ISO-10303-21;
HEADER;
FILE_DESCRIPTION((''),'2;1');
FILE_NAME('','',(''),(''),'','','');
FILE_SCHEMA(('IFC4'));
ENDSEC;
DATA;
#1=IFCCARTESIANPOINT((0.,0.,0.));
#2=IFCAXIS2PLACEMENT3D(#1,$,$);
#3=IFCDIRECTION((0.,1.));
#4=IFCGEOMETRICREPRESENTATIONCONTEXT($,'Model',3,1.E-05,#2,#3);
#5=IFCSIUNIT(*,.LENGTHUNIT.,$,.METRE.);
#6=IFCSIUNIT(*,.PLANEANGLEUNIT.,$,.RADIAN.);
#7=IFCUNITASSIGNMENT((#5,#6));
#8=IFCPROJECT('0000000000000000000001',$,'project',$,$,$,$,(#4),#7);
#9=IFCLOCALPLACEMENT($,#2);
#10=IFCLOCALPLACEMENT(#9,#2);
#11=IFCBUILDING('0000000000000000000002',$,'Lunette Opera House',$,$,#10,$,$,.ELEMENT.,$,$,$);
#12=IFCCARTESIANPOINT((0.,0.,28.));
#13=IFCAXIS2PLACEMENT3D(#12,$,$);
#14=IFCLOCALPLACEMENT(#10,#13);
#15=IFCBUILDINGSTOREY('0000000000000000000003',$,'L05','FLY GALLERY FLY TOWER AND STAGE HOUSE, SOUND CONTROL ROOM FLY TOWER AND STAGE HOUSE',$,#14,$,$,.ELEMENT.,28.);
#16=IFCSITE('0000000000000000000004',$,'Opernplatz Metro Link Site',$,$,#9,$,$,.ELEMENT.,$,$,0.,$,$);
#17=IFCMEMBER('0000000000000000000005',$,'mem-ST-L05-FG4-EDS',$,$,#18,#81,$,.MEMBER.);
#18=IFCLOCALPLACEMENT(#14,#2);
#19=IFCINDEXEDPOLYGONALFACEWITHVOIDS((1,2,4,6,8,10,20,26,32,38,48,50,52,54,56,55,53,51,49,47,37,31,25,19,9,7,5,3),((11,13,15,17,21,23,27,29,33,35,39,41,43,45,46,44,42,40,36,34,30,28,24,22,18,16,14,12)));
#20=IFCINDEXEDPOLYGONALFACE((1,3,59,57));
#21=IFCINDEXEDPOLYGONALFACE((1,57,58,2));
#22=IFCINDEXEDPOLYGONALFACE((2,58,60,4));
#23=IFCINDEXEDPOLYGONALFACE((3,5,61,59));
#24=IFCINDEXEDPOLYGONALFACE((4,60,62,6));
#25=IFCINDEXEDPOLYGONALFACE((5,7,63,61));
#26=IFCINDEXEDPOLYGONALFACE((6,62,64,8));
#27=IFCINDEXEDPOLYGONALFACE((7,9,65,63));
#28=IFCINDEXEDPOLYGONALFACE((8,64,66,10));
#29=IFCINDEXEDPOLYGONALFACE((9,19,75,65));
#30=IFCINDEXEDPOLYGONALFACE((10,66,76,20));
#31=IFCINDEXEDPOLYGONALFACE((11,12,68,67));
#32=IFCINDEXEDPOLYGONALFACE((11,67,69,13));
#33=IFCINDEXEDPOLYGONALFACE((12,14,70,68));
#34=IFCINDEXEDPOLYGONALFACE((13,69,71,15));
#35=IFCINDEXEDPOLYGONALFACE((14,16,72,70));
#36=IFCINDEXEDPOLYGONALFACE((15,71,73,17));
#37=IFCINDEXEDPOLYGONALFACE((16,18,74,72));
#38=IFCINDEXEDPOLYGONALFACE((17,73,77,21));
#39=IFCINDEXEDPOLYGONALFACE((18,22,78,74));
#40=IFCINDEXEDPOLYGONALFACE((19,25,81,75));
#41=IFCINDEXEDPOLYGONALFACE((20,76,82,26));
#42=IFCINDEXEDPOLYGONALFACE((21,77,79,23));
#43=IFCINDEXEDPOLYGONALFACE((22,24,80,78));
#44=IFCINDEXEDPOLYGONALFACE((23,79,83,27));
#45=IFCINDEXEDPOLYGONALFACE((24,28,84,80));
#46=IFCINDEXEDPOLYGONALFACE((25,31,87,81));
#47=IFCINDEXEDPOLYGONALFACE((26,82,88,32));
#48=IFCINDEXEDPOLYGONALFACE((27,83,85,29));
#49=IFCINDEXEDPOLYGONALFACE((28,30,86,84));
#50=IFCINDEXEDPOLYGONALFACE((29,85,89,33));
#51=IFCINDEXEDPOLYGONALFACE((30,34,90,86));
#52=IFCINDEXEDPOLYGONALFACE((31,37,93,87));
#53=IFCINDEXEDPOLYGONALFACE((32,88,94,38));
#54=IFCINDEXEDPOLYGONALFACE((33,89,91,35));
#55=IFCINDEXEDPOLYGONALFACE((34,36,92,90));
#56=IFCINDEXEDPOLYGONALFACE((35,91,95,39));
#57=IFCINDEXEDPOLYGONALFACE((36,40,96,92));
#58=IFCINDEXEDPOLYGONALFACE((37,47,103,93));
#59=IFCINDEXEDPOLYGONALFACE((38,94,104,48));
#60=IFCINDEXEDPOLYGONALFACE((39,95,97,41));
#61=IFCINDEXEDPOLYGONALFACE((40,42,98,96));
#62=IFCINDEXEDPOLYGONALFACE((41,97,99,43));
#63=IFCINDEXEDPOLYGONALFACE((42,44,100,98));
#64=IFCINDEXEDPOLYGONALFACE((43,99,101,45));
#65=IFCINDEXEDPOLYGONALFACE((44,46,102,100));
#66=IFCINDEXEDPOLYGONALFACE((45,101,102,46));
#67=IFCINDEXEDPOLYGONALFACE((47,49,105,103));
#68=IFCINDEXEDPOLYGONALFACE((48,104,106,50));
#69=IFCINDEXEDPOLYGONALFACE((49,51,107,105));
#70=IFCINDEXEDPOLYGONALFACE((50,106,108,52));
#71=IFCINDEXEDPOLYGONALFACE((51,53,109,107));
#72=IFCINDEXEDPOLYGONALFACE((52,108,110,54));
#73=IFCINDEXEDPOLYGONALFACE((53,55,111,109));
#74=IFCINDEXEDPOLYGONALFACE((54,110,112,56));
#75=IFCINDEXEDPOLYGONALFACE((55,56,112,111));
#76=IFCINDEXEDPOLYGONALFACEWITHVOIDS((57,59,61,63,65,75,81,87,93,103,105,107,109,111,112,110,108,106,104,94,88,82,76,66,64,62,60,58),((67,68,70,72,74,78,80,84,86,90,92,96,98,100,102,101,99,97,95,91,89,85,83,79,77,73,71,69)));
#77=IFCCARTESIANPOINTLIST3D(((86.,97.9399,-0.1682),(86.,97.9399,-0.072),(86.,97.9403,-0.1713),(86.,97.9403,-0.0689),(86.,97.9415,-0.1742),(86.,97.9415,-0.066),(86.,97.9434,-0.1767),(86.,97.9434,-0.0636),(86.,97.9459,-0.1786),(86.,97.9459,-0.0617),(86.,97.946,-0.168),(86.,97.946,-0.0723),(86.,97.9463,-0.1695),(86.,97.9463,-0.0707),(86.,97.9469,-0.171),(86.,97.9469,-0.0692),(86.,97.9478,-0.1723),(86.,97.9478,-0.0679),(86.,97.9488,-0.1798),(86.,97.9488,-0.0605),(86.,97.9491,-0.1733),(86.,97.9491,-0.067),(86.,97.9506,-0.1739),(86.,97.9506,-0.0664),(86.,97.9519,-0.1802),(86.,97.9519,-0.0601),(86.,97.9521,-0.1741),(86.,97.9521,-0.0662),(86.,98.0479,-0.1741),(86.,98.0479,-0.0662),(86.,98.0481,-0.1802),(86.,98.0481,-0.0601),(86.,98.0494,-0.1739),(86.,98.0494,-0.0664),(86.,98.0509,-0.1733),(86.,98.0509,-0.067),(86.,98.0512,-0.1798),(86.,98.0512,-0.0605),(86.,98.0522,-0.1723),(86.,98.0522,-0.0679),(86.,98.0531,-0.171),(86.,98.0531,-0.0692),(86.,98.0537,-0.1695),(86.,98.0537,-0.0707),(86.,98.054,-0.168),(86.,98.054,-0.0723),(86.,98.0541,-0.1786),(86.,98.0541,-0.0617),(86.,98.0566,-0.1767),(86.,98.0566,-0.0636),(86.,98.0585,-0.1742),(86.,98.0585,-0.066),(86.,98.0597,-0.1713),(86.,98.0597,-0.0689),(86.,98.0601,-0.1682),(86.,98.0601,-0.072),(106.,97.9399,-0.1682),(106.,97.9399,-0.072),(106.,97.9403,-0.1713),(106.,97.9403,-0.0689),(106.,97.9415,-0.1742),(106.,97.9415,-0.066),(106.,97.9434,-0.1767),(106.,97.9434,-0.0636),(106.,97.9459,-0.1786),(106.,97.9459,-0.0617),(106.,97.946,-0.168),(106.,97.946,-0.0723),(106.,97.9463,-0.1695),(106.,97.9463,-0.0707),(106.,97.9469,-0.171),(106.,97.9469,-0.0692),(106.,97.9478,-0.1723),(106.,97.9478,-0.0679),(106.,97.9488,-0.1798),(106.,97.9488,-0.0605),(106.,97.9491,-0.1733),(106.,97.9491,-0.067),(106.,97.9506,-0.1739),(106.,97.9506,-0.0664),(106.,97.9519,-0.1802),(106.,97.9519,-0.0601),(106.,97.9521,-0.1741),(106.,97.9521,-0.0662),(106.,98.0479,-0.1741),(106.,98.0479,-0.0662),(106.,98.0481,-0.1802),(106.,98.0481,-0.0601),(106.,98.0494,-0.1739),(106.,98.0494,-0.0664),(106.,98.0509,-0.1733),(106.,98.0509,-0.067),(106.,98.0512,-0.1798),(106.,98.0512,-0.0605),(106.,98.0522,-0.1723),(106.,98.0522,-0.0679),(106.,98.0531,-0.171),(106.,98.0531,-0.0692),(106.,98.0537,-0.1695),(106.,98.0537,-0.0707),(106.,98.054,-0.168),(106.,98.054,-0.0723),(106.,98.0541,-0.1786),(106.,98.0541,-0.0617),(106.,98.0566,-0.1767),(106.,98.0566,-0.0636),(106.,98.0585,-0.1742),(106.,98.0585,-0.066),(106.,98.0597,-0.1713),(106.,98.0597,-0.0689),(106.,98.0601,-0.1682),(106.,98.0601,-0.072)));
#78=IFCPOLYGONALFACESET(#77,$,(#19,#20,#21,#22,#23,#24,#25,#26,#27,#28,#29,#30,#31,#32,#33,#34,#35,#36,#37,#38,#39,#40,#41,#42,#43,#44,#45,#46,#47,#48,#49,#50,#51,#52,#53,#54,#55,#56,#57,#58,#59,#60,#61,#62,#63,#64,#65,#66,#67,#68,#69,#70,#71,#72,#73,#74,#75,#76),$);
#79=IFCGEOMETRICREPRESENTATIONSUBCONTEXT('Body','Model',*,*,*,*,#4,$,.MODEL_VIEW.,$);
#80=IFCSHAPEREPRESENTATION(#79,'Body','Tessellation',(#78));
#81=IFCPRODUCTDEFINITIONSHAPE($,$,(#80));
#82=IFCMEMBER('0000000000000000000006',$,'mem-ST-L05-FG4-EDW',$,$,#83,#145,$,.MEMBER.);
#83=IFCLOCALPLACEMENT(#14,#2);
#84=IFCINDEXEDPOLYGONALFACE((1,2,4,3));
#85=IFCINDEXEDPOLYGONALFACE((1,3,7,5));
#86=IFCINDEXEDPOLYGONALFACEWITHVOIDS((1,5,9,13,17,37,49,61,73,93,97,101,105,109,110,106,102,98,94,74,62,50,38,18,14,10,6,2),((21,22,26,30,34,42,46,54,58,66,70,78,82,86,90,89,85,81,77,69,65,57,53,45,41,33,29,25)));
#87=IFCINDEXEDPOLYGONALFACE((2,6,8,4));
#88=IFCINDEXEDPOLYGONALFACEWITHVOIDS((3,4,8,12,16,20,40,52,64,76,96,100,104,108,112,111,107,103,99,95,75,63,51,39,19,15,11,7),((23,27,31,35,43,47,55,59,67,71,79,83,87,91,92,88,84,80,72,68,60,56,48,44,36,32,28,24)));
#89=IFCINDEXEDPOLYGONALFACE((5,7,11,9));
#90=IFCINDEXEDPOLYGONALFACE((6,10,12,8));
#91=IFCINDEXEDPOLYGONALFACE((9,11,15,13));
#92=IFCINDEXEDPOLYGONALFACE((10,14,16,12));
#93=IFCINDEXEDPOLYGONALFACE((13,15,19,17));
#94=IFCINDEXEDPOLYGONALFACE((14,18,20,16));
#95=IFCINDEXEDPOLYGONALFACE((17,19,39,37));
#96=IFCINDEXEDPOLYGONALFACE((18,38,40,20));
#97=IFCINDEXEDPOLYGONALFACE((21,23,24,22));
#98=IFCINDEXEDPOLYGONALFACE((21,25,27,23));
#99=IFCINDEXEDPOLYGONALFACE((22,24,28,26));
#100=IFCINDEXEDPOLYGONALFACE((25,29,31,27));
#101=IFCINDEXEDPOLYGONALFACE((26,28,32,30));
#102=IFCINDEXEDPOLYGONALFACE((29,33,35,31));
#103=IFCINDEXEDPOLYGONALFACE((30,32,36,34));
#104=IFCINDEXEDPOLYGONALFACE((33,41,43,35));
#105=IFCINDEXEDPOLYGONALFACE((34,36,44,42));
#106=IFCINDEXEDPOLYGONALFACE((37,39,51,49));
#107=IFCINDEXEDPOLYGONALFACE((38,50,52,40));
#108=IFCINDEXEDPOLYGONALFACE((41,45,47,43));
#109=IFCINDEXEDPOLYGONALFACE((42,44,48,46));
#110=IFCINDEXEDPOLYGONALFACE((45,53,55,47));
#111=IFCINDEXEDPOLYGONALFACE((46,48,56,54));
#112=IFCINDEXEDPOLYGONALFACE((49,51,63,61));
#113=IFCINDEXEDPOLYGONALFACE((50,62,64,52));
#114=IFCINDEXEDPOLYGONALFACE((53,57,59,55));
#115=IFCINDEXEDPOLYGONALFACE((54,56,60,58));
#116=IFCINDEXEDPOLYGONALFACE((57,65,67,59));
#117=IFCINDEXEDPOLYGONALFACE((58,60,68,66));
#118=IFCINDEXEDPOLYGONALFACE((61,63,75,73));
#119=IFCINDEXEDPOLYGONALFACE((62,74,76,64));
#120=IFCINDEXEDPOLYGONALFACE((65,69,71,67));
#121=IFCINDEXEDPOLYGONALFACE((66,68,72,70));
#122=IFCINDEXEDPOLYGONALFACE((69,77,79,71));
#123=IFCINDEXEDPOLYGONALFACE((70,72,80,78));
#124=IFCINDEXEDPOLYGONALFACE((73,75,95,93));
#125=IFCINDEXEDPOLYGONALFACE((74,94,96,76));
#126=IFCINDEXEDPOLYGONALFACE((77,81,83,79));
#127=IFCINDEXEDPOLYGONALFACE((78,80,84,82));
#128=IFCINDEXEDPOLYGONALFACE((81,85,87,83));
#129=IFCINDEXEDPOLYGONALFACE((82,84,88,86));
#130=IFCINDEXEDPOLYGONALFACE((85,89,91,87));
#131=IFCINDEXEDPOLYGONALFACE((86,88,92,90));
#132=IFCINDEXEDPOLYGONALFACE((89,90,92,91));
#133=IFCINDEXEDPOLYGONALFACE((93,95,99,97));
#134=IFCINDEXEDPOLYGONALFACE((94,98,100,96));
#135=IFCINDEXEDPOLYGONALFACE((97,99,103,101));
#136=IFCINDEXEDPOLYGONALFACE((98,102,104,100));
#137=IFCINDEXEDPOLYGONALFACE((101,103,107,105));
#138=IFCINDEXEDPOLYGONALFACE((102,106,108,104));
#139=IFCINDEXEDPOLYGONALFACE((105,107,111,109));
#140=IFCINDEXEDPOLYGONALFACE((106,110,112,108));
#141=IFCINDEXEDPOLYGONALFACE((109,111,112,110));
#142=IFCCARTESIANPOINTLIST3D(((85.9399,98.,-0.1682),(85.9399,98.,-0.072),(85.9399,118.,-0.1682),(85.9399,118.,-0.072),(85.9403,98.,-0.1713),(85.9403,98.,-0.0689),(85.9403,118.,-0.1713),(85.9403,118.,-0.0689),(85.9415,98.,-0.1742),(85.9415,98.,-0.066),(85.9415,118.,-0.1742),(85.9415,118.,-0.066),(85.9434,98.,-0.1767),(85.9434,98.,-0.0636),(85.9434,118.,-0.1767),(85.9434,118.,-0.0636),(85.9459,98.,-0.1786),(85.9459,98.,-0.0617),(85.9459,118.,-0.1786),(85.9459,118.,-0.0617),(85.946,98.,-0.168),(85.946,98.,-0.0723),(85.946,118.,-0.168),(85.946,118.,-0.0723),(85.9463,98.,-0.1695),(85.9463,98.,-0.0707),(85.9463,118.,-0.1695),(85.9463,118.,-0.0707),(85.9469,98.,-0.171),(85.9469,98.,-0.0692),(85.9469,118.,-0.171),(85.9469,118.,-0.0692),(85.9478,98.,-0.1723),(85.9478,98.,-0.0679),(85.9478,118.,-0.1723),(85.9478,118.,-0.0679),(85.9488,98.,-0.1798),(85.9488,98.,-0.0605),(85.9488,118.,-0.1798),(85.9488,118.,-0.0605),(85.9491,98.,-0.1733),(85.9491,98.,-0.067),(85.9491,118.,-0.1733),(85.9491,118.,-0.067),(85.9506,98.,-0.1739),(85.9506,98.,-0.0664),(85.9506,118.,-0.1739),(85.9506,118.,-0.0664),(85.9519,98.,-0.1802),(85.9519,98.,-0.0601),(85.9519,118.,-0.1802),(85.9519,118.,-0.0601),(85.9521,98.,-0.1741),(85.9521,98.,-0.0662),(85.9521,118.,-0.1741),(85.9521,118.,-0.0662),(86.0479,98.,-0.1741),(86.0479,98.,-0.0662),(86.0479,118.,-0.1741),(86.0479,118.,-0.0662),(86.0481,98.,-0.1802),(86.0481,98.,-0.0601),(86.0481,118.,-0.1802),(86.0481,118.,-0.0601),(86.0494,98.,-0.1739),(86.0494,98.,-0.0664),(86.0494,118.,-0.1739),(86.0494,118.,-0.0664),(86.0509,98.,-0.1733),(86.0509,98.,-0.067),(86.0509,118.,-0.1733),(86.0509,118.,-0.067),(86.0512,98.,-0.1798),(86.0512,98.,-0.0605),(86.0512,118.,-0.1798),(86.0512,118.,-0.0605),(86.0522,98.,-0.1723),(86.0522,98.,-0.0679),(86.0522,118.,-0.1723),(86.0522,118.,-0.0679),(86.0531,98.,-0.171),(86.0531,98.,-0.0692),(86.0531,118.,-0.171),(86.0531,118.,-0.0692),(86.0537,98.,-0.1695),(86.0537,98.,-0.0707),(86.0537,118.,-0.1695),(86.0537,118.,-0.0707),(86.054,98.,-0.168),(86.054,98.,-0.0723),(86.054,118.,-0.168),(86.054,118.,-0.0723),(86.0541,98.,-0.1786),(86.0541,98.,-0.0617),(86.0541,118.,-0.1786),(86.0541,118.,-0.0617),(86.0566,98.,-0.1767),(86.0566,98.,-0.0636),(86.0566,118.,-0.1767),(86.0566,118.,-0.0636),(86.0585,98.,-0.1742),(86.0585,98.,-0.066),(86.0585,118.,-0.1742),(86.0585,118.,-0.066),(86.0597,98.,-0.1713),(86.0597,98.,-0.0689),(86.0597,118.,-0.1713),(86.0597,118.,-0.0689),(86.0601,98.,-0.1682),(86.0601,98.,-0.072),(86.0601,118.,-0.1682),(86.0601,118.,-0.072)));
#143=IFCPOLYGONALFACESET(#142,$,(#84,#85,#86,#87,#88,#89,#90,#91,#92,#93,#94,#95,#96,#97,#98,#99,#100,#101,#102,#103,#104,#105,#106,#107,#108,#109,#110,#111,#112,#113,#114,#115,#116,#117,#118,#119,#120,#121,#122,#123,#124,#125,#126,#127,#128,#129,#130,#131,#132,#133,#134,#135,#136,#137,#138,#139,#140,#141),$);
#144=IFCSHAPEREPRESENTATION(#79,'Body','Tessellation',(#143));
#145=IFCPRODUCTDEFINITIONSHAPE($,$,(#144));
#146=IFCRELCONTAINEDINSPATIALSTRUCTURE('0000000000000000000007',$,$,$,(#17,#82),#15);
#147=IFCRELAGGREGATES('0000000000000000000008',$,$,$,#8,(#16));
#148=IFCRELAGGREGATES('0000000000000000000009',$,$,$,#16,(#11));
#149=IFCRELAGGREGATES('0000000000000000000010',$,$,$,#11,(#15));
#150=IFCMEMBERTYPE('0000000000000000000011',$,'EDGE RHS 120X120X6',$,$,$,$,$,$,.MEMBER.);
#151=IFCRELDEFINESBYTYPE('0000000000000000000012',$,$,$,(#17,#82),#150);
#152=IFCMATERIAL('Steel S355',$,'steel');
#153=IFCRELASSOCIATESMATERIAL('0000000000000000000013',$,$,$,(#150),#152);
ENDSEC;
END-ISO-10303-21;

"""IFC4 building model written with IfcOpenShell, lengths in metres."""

from ifc_helpers import new_model, si_unit, direction, frame, origin, origin_2d, place, context, subcontext, project, spatial, hollow_rectangle, extrude, material, material_profile, profile_set, type_object, element, save


model = new_model("IFC4")

# Units and contexts
model_context = context("Model", 3, precision=1e-05, world=origin(), true_north=direction((0.0, 1.0)))
body_context = subcontext(model_context, "Body", "Model", "MODEL_VIEW")
ifc_project = project(units=[si_unit("LENGTHUNIT", "METRE"), si_unit("PLANEANGLEUNIT", "RADIAN")], contexts=[model_context])

# Site, building, storey
site_placement = place(None, origin())
site = spatial("IfcSite", under=ifc_project, at=site_placement, Name="Opernplatz Metro Link Site", CompositionType="ELEMENT", RefElevation=0.0)
building_placement = place(site_placement, origin())
building = spatial("IfcBuilding", under=site, at=building_placement, Name="Lunette Opera House", CompositionType="ELEMENT")
storey_placement = place(building_placement, frame((0.0, 0.0, 28.0)))
storey = spatial("IfcBuildingStorey", under=building, at=storey_placement, Name="L05", Description="FLY GALLERY FLY TOWER AND STAGE HOUSE, SOUND CONTROL ROOM FLY TOWER AND STAGE HOUSE", CompositionType="ELEMENT", Elevation=28.0)

# Members
ifc_material_1 = material(Name="Steel S355", Category="steel")
ifc_material_profile_1 = material_profile(ifc_material_1, hollow_rectangle(XDim=0.1201, YDim=0.1201, WallThickness=0.0061, InnerFilletRadius=0.0061, OuterFilletRadius=0.012, at=origin_2d()), Name="RHS 120X120X6")
ifc_profile_set_1 = profile_set([ifc_material_profile_1], Name="Steel S355")
member_type_1 = type_object("IfcMemberType", Name="EDGE RHS 120X120X6", PredefinedType="MEMBER", material=ifc_profile_set_1)
for number, where, z_axis, x_axis, name in (
    (1, (86.0, 98.0, -0.1201), (1.0, 0.0, 0.0), (0.0, 1.0, 0.0), "mem-ST-L05-FG4-EDS"),
    (2, (86.0, 98.0, -0.1201), (0.0, 1.0, 0.0), (-1.0, 0.0, 0.0), "mem-ST-L05-FG4-EDW"),
):
    element("IfcMember", number, at=place(storey_placement, frame(where, z_axis=z_axis, x_axis=x_axis)), inside=storey, type_object=member_type_1, Name=name, PredefinedType="MEMBER", context=body_context, shape_type="SweptSolid", body=[
        extrude(hollow_rectangle(XDim=0.1201, YDim=0.1201, WallThickness=0.0061, InnerFilletRadius=0.0061, OuterFilletRadius=0.012, at=origin_2d()), origin(), (0.0, 0.0, 1.0), 20.0),
    ])

save(model, "model.ifc")
